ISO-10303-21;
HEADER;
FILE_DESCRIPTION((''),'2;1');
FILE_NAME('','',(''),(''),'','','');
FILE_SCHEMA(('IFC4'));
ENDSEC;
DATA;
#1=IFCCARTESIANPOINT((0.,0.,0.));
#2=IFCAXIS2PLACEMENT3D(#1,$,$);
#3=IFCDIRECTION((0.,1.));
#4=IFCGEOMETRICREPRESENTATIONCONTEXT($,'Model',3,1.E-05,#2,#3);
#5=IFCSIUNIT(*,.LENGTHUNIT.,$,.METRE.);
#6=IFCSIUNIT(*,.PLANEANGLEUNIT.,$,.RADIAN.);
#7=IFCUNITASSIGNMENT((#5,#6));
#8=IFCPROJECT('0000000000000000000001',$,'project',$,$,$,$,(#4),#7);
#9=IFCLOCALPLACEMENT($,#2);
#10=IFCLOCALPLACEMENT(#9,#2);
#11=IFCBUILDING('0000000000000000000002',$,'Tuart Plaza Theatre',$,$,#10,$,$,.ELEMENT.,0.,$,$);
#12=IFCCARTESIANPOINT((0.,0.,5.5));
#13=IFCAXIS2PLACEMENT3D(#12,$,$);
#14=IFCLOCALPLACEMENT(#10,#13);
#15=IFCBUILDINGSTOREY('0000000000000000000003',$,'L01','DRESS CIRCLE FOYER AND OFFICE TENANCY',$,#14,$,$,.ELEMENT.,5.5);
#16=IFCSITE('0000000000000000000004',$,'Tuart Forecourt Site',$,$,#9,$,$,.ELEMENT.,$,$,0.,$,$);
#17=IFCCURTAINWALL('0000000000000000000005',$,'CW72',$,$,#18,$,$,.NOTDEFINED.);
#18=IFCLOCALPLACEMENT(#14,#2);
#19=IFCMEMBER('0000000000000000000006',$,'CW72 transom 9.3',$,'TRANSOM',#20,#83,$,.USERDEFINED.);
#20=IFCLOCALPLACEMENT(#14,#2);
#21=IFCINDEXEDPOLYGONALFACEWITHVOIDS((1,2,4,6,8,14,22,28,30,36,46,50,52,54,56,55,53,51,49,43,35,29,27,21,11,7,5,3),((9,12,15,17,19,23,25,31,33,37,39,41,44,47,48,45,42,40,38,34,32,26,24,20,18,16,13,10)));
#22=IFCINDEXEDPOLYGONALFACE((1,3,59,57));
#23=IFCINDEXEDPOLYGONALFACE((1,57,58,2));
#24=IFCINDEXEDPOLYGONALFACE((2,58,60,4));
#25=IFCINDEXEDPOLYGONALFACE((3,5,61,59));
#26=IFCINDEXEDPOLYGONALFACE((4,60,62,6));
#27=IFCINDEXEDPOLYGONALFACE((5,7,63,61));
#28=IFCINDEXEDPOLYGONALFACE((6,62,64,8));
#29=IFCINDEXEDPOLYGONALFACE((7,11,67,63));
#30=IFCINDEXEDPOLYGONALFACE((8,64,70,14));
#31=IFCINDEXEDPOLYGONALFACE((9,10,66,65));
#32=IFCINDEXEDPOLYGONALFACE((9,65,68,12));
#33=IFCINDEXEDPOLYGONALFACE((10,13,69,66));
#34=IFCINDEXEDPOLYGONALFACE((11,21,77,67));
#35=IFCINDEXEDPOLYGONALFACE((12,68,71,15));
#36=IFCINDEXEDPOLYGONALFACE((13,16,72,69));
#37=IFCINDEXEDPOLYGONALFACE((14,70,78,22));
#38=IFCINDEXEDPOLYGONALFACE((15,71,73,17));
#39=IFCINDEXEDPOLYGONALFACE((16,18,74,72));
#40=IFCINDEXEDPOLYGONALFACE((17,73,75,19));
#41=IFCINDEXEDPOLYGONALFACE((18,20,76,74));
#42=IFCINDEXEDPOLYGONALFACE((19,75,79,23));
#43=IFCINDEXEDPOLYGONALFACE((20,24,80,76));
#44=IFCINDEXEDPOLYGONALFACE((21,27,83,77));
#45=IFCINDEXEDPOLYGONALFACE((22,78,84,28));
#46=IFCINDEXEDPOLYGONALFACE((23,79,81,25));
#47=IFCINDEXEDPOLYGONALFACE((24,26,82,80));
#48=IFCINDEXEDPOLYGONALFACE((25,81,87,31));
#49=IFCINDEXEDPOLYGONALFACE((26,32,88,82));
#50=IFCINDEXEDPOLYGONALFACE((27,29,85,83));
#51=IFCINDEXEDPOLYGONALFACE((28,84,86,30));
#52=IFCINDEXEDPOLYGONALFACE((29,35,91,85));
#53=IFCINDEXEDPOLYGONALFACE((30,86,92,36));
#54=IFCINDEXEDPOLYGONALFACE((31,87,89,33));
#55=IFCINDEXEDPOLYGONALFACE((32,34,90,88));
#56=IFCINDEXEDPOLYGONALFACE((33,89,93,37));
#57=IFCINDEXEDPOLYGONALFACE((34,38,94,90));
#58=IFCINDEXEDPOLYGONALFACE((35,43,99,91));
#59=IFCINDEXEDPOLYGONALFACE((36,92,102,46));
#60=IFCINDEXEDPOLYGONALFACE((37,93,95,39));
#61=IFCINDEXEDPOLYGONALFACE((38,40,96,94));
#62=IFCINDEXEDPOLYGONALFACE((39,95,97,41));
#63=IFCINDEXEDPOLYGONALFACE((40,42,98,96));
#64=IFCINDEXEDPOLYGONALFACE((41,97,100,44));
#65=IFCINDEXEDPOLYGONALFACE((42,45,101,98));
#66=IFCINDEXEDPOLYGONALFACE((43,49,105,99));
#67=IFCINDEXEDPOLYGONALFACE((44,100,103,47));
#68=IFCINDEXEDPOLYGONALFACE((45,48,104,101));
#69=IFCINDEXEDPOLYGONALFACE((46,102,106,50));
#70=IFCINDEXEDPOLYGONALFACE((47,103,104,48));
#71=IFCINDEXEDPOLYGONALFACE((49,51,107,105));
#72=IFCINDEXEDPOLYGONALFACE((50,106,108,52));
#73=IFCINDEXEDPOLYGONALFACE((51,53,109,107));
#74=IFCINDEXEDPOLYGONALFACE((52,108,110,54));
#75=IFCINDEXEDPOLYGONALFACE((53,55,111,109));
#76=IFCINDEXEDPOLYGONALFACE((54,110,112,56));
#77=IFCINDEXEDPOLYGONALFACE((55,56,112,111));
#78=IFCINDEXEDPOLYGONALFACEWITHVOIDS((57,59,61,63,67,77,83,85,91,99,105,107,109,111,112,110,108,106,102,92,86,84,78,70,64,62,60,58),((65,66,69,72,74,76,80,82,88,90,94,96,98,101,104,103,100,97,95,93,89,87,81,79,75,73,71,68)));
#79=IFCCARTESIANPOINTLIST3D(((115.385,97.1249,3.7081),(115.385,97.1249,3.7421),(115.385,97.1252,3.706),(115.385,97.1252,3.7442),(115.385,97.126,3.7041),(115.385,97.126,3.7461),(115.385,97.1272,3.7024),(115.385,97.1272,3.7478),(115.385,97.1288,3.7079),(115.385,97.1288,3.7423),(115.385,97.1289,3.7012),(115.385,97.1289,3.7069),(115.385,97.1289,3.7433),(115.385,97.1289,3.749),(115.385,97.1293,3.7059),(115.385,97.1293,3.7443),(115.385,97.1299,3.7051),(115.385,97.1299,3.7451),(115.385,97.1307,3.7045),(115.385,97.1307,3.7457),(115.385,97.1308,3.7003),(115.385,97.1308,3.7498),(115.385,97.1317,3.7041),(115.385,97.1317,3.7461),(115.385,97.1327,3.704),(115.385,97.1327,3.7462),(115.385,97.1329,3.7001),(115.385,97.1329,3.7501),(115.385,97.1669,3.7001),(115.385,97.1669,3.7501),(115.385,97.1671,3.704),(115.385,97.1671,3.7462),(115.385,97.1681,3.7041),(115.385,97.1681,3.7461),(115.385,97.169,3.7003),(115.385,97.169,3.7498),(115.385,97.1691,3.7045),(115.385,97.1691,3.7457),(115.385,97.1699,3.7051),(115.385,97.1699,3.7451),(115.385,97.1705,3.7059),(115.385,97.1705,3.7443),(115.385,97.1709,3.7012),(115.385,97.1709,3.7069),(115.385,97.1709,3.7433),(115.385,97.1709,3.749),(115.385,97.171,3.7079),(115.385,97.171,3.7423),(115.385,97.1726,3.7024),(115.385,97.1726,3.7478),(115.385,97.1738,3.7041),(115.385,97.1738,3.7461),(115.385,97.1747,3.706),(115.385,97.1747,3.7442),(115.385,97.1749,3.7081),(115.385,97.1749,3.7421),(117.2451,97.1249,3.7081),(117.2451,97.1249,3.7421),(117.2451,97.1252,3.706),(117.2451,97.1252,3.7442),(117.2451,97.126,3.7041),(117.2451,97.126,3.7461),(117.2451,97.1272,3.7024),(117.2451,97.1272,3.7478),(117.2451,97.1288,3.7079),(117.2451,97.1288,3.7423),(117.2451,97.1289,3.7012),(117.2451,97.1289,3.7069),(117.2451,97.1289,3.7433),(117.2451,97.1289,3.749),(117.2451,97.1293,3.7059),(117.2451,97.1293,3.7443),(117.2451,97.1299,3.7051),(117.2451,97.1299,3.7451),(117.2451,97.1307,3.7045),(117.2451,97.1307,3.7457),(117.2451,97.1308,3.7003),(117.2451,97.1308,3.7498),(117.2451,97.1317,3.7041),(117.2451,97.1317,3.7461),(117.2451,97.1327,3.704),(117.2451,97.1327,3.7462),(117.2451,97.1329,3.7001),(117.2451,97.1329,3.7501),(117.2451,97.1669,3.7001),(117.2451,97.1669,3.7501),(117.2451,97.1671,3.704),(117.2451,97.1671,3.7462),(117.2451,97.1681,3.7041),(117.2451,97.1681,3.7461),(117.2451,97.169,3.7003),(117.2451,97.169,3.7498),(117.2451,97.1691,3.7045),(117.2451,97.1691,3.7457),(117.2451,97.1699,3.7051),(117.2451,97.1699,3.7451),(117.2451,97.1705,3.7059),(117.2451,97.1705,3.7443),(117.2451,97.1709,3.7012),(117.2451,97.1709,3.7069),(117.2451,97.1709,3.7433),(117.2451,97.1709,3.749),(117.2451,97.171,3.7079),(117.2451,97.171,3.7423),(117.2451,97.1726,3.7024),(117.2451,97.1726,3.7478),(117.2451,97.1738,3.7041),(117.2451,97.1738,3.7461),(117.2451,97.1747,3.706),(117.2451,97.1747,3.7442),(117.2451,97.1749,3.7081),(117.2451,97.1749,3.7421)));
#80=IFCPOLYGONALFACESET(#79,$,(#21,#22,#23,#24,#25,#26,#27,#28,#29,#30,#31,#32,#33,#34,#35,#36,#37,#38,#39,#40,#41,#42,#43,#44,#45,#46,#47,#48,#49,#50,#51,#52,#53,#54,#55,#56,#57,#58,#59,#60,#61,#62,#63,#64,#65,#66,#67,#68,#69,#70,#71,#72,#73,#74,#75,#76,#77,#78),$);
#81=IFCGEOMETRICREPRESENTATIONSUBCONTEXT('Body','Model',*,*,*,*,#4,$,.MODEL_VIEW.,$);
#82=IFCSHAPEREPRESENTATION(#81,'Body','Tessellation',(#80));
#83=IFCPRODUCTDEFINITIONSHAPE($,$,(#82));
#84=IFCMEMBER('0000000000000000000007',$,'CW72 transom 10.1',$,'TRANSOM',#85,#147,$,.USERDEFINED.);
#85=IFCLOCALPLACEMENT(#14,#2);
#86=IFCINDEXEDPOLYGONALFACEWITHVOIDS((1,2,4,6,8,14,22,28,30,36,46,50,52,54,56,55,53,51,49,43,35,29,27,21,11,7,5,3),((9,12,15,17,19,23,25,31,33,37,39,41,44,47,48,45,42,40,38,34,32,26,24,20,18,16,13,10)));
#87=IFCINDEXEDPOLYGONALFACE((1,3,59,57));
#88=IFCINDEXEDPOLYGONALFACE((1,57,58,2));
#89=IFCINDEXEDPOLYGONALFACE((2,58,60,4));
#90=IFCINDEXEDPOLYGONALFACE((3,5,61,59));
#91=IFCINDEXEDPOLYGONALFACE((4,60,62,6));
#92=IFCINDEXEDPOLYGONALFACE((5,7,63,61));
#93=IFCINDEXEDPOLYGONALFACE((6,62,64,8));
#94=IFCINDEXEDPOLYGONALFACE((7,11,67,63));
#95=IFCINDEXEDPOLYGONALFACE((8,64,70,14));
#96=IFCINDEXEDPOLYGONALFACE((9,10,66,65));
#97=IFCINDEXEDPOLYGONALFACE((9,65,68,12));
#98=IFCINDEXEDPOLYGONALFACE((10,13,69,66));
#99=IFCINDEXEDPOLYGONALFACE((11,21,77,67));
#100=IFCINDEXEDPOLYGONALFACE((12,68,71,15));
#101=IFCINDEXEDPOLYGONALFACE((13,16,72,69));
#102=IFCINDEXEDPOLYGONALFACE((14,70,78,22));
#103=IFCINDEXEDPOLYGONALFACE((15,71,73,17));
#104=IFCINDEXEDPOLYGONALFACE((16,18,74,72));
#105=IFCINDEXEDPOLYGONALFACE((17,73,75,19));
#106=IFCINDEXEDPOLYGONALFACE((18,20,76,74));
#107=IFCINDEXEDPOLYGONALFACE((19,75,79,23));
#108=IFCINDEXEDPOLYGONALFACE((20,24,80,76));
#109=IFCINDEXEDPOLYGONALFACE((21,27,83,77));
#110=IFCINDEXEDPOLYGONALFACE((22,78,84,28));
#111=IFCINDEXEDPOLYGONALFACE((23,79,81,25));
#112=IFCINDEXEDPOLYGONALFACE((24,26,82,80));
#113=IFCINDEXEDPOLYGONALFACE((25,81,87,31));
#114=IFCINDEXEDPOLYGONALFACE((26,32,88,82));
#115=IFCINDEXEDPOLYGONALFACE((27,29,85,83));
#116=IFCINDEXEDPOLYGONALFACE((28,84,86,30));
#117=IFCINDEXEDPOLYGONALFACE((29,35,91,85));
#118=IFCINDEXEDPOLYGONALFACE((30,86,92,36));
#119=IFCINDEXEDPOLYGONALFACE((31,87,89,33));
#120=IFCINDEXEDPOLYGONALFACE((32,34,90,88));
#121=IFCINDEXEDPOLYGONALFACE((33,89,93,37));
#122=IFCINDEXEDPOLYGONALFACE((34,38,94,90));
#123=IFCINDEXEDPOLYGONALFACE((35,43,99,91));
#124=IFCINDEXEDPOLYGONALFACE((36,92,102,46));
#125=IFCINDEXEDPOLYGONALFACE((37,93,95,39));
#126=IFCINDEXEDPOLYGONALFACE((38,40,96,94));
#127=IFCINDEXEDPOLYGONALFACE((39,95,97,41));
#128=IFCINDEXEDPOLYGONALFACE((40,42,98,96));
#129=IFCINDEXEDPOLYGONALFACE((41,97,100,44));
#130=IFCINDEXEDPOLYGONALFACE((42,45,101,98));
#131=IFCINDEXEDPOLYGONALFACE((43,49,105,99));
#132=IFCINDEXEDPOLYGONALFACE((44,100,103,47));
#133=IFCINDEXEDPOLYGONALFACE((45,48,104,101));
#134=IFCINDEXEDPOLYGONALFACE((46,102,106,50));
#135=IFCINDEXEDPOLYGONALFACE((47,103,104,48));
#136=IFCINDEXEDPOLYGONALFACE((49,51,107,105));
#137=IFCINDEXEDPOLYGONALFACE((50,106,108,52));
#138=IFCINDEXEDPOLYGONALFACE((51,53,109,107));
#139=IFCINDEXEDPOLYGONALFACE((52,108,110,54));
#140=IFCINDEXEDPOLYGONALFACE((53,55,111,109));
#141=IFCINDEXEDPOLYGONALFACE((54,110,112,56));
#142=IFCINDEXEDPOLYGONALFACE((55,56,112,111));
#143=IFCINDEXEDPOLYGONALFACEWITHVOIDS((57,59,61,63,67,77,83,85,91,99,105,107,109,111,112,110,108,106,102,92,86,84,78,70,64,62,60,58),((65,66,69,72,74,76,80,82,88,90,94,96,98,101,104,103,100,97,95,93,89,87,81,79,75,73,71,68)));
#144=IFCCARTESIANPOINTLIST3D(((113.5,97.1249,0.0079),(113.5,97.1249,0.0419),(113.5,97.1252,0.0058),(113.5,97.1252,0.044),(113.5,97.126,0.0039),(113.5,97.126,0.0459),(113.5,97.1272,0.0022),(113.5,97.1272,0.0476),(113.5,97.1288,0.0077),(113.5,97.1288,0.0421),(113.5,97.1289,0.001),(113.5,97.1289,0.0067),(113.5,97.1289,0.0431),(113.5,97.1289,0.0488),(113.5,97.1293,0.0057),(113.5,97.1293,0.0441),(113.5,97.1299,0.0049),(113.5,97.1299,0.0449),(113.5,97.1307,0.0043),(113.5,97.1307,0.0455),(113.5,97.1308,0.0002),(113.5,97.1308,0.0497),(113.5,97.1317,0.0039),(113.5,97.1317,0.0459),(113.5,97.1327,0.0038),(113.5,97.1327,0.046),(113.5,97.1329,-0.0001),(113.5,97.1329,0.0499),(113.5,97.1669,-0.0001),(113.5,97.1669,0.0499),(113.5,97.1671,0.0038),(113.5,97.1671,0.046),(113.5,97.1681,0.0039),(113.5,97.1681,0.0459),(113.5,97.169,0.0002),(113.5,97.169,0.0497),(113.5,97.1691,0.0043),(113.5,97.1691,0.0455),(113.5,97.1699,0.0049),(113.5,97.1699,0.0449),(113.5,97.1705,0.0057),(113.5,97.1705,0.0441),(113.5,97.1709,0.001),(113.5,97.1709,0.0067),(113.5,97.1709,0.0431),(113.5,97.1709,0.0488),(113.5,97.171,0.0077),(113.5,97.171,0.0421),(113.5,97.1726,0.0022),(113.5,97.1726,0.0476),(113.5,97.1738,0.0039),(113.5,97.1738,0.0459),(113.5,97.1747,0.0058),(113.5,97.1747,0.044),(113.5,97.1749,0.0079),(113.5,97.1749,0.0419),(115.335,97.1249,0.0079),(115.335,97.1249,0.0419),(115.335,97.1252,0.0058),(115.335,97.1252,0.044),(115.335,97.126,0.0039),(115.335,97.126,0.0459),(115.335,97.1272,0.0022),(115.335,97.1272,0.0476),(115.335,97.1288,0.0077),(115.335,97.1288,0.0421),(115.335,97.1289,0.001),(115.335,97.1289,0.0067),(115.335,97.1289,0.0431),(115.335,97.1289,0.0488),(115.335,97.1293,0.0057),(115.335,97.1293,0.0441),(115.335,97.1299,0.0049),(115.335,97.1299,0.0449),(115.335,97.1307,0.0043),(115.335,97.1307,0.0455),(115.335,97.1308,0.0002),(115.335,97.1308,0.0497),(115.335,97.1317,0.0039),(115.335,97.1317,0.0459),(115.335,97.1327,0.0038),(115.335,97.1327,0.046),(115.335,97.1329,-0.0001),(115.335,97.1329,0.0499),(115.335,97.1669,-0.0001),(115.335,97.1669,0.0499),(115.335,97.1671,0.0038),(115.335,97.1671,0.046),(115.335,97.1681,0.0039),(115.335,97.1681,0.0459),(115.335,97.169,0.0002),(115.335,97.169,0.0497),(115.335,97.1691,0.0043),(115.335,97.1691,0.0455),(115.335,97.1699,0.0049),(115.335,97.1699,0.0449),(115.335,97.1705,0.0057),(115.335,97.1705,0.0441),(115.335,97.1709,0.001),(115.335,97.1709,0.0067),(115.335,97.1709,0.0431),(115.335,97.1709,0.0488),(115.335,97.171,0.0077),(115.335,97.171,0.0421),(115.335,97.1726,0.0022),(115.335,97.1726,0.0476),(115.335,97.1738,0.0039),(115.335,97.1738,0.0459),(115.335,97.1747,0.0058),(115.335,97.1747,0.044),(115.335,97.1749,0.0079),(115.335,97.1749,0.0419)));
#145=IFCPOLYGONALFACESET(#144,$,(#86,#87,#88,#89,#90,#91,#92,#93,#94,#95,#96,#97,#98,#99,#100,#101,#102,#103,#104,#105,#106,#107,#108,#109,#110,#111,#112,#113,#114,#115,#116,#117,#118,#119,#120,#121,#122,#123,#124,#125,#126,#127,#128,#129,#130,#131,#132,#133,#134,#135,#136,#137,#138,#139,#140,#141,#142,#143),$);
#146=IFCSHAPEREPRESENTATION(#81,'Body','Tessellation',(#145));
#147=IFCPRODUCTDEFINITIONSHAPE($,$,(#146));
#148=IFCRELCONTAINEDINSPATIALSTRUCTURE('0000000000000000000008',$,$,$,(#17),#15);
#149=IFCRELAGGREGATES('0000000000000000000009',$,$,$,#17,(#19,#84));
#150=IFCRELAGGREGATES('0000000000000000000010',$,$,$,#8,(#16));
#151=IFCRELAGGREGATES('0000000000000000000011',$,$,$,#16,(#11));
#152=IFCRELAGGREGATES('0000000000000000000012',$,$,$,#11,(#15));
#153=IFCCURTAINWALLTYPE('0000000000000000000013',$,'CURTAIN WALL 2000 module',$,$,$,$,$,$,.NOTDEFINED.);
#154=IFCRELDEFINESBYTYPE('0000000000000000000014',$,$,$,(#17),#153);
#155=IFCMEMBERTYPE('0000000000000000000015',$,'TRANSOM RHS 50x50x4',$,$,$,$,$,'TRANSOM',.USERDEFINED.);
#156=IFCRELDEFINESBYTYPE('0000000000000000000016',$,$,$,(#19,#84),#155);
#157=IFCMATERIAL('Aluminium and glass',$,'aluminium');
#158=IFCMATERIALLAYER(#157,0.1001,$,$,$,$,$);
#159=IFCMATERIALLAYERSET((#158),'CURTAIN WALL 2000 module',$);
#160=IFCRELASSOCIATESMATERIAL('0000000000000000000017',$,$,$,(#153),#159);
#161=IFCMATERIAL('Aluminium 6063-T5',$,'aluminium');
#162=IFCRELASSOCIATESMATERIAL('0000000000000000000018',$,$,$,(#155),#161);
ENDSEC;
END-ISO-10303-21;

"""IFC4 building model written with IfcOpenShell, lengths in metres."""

from ifc_helpers import new_model, si_unit, direction, frame, origin, origin_2d, place, context, subcontext, project, spatial, hollow_rectangle, extrude, material, layer, layer_set, material_profile, profile_set, type_object, element, aggregate, save


model = new_model("IFC4")

# Units and contexts
model_context = context("Model", 3, precision=1e-05, world=origin(), true_north=direction((0.0, 1.0)))
body_context = subcontext(model_context, "Body", "Model", "MODEL_VIEW")
ifc_project = project(units=[si_unit("LENGTHUNIT", "METRE"), si_unit("PLANEANGLEUNIT", "RADIAN")], contexts=[model_context])

# Site, building, storey
site_placement = place(None, origin())
site = spatial("IfcSite", under=ifc_project, at=site_placement, Name="Tuart Forecourt Site", CompositionType="ELEMENT", RefElevation=0.0)
building_placement = place(site_placement, origin())
building = spatial("IfcBuilding", under=site, at=building_placement, Name="Tuart Plaza Theatre", CompositionType="ELEMENT", ElevationOfRefHeight=0.0)
storey_placement = place(building_placement, frame((0.0, 0.0, 5.5)))
storey = spatial("IfcBuildingStorey", under=building, at=storey_placement, Name="L01", Description="DRESS CIRCLE FOYER AND OFFICE TENANCY", CompositionType="ELEMENT", Elevation=5.5)

# Curtain wall
ifc_material_1 = material(Name="Aluminium and glass", Category="aluminium")
ifc_layer_1 = layer(ifc_material_1, 0.1001)
ifc_layer_set_1 = layer_set([ifc_layer_1], Name="CURTAIN WALL 2000 module")
curtain_wall_type = type_object("IfcCurtainWallType", Name="CURTAIN WALL 2000 module", PredefinedType="NOTDEFINED", material=ifc_layer_set_1)
curtain_wall_1_placement = place(storey_placement, origin())
curtain_wall_1 = element("IfcCurtainWall", 1, at=curtain_wall_1_placement, inside=storey, type_object=curtain_wall_type, Name="CW72", PredefinedType="NOTDEFINED")

# Members
ifc_material_2 = material(Name="Aluminium 6063-T5", Category="aluminium")
ifc_material_profile_1 = material_profile(ifc_material_2, hollow_rectangle(XDim=0.05, YDim=0.05, WallThickness=0.0039, InnerFilletRadius=0.0039, OuterFilletRadius=0.0081, at=origin_2d()), Name="RHS 50x50x4")
ifc_profile_set_1 = profile_set([ifc_material_profile_1], Name="Aluminium 6063-T5")
member_type_1 = type_object("IfcMemberType", Name="TRANSOM RHS 50x50x4", ElementType="TRANSOM", PredefinedType="USERDEFINED", material=ifc_profile_set_1)
member_1_placement = place(storey_placement, frame((117.2451, 97.1499, 3.7251), z_axis=(-1.0, 0.0, 0.0), x_axis=(0.0, -1.0, 0.0)))
member_1 = element("IfcMember", 2, at=member_1_placement, type_object=member_type_1, Name="CW72 transom 9.3", ObjectType="TRANSOM", PredefinedType="USERDEFINED", context=body_context, shape_type="SweptSolid", body=[
    extrude(hollow_rectangle(XDim=0.05, YDim=0.05, WallThickness=0.0039, InnerFilletRadius=0.0039, OuterFilletRadius=0.0081, at=origin_2d()), origin(), (0.0, 0.0, 1.0), 1.8601),
])
member_2_placement = place(storey_placement, frame((115.335, 97.1499, 0.0249), z_axis=(-1.0, 0.0, 0.0), x_axis=(0.0, -1.0, 0.0)))
member_2 = element("IfcMember", 3, at=member_2_placement, type_object=member_type_1, Name="CW72 transom 10.1", ObjectType="TRANSOM", PredefinedType="USERDEFINED", context=body_context, shape_type="SweptSolid", body=[
    extrude(hollow_rectangle(XDim=0.05, YDim=0.05, WallThickness=0.0039, InnerFilletRadius=0.0039, OuterFilletRadius=0.0081, at=origin_2d()), origin(), (0.0, 0.0, 1.0), 1.835),
])

aggregate(curtain_wall_1, [member_1, member_2])

save(model, "model.ifc")
